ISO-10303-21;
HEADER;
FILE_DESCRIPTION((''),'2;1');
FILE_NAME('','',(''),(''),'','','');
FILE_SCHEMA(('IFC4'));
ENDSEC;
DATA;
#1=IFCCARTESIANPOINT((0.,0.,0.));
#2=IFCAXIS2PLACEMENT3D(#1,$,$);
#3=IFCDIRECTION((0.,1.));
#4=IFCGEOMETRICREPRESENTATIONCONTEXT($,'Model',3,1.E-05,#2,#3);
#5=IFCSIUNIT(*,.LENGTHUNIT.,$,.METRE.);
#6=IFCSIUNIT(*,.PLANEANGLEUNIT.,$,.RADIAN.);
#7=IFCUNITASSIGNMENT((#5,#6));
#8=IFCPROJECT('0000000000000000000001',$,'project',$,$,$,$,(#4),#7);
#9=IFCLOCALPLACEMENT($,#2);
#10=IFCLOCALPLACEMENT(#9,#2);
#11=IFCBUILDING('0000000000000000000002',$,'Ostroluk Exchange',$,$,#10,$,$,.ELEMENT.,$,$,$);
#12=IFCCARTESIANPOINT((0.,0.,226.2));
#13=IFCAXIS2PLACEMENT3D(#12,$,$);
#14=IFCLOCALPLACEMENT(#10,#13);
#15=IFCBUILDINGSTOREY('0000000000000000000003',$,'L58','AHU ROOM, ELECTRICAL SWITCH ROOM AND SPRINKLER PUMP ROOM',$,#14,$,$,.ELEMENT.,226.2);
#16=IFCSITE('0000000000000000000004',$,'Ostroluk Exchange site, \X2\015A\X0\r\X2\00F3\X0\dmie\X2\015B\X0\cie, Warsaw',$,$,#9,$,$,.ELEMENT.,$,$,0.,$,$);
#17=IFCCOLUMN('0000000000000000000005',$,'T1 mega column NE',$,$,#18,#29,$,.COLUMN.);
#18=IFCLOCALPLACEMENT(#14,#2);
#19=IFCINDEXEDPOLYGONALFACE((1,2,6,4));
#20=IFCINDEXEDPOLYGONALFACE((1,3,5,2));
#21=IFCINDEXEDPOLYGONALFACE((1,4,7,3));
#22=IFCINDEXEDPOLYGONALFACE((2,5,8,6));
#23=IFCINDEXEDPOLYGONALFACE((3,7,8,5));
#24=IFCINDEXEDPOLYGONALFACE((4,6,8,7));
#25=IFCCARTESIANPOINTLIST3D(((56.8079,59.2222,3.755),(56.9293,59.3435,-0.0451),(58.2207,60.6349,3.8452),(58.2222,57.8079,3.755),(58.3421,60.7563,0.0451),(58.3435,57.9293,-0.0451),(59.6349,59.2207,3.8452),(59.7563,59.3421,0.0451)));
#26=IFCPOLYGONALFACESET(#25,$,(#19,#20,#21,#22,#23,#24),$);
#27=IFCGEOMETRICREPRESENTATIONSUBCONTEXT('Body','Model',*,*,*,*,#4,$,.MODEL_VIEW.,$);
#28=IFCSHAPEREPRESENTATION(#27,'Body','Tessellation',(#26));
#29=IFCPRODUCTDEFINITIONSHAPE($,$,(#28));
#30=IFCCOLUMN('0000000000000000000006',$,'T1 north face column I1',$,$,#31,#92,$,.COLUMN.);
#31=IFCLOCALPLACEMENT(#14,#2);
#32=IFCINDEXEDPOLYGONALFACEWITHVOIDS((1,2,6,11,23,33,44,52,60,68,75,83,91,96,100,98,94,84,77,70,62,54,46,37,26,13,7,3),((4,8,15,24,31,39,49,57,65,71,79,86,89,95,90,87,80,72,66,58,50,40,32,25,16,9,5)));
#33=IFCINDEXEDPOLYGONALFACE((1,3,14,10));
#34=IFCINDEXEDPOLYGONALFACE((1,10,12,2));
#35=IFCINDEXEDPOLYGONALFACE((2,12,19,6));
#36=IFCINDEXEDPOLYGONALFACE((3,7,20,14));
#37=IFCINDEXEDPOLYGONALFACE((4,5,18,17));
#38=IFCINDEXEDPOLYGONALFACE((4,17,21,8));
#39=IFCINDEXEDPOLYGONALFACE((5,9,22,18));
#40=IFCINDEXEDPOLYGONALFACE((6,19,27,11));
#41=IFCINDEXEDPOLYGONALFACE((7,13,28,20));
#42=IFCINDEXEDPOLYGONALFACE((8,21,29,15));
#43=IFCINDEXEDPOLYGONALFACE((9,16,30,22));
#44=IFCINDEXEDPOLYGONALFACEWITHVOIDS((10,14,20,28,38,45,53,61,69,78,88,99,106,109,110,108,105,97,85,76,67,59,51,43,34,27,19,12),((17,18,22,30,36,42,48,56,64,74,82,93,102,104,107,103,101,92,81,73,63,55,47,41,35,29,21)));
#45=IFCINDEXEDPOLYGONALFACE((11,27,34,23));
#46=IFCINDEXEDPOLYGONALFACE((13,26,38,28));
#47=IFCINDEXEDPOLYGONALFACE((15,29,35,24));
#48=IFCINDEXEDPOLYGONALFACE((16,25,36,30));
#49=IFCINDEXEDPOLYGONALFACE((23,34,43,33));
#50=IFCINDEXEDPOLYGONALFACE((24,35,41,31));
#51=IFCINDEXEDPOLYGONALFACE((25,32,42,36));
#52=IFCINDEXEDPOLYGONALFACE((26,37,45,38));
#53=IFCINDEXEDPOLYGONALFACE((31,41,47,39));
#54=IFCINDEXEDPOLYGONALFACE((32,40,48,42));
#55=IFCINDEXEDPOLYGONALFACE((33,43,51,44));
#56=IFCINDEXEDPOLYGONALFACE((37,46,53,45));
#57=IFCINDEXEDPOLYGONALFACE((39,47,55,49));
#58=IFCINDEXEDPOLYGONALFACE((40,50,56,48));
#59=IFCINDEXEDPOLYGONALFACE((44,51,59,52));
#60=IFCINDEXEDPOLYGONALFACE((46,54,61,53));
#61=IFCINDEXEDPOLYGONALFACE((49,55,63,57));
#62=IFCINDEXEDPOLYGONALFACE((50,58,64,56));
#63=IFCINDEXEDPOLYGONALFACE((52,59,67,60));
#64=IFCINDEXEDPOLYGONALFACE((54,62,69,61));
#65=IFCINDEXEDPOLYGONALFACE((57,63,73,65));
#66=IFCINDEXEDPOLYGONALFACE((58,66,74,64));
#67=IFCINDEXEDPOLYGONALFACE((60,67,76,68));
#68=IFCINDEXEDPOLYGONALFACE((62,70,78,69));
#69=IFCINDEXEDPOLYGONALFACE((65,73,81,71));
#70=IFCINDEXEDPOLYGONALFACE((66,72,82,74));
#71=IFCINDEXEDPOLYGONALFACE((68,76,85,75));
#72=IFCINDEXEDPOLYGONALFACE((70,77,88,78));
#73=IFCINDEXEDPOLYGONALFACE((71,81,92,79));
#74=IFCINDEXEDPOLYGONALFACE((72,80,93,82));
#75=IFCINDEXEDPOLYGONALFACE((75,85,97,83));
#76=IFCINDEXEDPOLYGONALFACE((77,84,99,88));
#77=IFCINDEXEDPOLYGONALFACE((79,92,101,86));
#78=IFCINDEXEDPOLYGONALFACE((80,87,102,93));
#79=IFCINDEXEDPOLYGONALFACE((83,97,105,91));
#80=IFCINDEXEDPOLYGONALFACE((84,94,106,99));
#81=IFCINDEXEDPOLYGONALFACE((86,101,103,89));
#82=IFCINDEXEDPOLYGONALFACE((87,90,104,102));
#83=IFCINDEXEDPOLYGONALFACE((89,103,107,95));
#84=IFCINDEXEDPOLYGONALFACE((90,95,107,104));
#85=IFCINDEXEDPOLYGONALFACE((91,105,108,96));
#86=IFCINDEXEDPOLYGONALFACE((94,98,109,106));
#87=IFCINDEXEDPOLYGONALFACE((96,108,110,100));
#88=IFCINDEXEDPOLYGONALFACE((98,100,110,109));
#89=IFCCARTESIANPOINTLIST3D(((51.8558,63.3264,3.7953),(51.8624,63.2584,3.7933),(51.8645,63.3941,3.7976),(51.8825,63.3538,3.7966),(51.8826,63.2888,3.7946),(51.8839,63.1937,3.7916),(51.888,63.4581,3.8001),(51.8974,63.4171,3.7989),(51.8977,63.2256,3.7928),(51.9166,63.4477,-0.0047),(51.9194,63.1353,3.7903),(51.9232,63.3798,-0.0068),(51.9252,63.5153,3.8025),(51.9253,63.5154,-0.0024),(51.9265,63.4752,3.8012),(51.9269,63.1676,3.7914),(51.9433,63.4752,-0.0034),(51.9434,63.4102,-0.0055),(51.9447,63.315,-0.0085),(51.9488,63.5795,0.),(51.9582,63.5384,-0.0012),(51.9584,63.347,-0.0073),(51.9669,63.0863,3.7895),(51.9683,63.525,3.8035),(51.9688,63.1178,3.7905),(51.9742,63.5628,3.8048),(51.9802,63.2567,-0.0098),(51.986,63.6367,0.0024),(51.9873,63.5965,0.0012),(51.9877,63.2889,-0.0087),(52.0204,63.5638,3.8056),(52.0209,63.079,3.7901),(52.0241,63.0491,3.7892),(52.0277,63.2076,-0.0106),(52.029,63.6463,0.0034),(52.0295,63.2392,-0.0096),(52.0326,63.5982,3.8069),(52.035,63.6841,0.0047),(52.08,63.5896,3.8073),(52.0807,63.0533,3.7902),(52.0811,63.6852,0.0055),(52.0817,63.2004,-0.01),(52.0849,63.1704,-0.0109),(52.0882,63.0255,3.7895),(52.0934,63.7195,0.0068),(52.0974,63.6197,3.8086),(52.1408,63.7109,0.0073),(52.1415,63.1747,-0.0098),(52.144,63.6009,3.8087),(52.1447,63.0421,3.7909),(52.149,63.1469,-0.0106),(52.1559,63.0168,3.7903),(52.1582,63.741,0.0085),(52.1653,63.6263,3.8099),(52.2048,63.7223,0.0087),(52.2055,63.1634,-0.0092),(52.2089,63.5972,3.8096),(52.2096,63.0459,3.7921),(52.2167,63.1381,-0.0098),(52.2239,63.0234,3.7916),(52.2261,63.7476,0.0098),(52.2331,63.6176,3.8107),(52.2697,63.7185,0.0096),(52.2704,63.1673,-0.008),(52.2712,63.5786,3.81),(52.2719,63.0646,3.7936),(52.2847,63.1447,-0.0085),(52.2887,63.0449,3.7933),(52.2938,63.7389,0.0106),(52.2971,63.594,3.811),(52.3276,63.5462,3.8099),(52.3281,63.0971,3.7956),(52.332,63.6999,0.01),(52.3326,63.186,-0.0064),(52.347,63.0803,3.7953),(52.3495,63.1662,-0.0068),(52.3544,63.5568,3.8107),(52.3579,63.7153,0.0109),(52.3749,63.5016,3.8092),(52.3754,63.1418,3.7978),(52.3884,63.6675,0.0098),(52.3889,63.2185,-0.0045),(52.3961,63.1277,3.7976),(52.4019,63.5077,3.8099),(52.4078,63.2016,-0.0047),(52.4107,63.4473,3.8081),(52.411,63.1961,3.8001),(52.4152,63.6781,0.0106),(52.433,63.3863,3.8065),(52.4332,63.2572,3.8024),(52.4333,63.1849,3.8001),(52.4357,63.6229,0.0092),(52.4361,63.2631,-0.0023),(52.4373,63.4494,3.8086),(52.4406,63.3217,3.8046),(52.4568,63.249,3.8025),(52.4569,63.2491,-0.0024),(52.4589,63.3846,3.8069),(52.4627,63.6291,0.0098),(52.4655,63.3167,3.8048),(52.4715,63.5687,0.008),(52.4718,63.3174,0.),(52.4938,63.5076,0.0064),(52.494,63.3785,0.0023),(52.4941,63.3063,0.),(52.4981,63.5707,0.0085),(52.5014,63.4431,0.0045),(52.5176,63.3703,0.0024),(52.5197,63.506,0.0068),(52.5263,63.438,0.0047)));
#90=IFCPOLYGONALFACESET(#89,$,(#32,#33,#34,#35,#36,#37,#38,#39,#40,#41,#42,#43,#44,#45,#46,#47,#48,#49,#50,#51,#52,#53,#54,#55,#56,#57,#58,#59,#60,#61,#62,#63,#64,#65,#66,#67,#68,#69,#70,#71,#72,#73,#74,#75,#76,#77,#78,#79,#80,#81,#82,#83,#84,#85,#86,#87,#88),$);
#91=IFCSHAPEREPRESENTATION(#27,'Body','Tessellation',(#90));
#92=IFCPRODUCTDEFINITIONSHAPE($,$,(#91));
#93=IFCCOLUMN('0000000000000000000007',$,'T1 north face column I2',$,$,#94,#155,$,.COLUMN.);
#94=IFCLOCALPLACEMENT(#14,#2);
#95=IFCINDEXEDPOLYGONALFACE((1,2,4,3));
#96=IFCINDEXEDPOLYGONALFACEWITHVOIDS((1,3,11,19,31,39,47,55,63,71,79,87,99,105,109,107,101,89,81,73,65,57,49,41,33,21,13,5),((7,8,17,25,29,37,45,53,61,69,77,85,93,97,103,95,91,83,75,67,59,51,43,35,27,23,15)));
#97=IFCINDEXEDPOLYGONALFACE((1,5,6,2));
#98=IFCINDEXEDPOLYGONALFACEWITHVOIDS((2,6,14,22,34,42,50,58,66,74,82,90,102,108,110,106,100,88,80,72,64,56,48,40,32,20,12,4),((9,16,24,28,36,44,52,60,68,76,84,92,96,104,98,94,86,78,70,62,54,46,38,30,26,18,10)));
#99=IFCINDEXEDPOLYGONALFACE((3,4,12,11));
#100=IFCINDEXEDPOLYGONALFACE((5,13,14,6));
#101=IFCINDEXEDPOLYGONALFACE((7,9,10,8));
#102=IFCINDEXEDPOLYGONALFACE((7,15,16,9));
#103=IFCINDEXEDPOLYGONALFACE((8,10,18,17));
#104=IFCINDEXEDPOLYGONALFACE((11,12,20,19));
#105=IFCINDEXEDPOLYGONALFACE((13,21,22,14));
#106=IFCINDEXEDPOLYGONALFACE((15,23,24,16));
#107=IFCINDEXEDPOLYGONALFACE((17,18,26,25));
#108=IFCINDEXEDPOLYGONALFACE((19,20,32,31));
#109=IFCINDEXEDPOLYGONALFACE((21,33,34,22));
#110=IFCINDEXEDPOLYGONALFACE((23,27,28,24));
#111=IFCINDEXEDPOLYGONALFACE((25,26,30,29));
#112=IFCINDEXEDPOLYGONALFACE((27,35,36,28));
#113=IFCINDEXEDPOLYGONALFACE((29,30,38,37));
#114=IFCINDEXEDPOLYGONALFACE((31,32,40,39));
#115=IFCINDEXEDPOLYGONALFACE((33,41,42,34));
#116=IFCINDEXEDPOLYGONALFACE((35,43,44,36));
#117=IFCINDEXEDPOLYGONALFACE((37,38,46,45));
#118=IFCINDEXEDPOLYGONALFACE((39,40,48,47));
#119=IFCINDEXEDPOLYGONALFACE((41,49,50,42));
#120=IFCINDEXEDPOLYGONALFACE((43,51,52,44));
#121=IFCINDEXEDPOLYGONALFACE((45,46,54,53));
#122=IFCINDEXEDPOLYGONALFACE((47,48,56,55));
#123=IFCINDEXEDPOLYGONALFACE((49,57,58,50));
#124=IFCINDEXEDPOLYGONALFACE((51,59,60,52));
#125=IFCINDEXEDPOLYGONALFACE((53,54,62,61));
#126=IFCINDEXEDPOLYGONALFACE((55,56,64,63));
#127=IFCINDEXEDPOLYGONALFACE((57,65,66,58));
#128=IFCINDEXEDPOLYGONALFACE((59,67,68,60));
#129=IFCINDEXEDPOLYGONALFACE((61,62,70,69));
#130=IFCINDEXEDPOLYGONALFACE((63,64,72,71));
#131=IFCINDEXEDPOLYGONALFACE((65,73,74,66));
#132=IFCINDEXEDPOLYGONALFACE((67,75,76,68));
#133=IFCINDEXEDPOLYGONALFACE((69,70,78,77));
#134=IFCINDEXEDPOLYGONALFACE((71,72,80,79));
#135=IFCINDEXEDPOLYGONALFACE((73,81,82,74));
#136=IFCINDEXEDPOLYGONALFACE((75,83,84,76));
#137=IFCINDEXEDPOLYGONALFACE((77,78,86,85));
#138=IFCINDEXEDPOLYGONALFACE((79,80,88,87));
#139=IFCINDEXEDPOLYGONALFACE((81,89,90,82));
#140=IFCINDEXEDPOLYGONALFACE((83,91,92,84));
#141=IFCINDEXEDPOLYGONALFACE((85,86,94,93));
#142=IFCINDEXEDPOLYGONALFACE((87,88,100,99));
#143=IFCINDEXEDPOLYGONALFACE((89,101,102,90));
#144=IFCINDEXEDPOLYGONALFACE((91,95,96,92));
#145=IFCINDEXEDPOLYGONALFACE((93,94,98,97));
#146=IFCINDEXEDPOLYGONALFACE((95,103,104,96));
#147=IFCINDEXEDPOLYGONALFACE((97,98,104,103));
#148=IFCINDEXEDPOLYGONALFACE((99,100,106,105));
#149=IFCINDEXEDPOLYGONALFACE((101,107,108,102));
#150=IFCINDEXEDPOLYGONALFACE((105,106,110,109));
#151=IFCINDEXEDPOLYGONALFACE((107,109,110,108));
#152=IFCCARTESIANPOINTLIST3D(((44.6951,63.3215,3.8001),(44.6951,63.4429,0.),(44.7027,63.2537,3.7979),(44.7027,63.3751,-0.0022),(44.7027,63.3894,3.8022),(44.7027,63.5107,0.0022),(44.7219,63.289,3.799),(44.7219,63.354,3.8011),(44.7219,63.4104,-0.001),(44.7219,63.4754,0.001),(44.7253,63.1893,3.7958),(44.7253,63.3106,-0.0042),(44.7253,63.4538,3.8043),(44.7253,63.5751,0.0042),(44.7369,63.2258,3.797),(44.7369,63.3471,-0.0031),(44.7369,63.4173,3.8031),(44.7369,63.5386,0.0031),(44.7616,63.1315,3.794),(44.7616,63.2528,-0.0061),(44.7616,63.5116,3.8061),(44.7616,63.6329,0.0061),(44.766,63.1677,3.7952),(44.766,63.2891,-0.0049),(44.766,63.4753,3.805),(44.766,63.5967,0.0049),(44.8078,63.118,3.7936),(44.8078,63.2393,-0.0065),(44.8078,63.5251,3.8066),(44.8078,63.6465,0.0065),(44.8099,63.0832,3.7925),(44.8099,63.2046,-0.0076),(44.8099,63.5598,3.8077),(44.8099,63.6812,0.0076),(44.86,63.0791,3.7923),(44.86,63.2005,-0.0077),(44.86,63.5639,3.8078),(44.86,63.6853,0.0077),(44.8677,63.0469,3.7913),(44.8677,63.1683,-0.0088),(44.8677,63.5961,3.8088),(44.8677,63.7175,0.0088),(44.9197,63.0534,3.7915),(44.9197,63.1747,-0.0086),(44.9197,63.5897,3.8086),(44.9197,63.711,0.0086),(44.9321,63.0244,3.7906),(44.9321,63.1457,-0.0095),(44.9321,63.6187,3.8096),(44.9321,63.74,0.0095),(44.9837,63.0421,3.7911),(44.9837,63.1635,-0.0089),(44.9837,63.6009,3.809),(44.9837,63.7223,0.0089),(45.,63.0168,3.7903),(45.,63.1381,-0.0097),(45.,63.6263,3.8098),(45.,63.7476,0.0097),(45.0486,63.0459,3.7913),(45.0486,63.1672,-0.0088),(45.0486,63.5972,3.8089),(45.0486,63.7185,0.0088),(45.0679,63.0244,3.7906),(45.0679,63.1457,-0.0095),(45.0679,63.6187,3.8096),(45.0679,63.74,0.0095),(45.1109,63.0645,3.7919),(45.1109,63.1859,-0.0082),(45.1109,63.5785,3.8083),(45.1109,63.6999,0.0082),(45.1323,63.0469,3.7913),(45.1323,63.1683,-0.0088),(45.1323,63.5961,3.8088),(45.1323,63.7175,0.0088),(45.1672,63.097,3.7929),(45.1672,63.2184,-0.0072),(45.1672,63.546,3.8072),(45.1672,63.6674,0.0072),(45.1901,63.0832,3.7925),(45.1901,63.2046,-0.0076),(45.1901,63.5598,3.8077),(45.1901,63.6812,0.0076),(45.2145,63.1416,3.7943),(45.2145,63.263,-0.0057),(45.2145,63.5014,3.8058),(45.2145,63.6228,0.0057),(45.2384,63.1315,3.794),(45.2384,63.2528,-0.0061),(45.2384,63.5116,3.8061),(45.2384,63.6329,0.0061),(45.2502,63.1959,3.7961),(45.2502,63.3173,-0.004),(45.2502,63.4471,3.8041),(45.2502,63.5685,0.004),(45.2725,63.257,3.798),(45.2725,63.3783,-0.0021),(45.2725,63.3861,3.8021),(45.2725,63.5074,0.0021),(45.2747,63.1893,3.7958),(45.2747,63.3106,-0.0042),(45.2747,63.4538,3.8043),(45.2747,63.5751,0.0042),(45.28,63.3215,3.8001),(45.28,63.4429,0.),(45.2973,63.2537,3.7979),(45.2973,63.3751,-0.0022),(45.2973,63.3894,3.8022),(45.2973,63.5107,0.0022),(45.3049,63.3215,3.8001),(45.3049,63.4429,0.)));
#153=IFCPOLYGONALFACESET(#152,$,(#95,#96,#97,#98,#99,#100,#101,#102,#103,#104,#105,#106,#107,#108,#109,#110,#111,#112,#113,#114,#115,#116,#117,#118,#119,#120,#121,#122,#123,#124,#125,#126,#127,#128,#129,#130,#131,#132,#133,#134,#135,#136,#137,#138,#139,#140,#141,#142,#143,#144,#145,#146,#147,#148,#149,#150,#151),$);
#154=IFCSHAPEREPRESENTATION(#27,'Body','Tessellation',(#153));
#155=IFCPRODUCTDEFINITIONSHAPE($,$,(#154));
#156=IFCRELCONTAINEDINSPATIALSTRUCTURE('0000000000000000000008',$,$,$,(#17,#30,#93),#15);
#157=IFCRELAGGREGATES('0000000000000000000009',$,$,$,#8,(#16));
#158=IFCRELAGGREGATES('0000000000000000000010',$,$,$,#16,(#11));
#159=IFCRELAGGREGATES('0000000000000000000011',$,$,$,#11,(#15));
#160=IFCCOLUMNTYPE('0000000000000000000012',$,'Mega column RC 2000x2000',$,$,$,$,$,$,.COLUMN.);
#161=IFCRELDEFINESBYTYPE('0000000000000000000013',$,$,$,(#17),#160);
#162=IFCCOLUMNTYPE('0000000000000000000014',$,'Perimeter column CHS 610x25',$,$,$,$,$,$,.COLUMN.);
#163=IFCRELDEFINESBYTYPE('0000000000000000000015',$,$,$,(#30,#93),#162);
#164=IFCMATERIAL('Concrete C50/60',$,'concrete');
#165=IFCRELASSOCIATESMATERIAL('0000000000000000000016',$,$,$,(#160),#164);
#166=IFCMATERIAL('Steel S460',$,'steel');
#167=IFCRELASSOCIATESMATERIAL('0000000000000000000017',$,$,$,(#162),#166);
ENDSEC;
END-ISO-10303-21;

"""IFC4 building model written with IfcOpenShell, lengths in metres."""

from ifc_helpers import new_model, si_unit, direction, frame, origin, origin_2d, place, context, subcontext, project, spatial, rectangle, hollow_circle, extrude, material, material_profile, profile_set, type_object, element, save


model = new_model("IFC4")

# Units and contexts
model_context = context("Model", 3, precision=1e-05, world=origin(), true_north=direction((0.0, 1.0)))
body_context = subcontext(model_context, "Body", "Model", "MODEL_VIEW")
ifc_project = project(units=[si_unit("LENGTHUNIT", "METRE"), si_unit("PLANEANGLEUNIT", "RADIAN")], contexts=[model_context])

# Site, building, storey
site_placement = place(None, origin())
site = spatial("IfcSite", under=ifc_project, at=site_placement, Name="Ostroluk Exchange site, Śródmieście, Warsaw", CompositionType="ELEMENT", RefElevation=0.0)
building_placement = place(site_placement, origin())
building = spatial("IfcBuilding", under=site, at=building_placement, Name="Ostroluk Exchange", CompositionType="ELEMENT")
storey_placement = place(building_placement, frame((0.0, 0.0, 226.2)))
storey = spatial("IfcBuildingStorey", under=building, at=storey_placement, Name="L58", Description="AHU ROOM, ELECTRICAL SWITCH ROOM AND SPRINKLER PUMP ROOM", CompositionType="ELEMENT", Elevation=226.2)

# Columns
ifc_material_1 = material(Name="Concrete C50/60", Category="concrete")
ifc_material_profile_1 = material_profile(ifc_material_1, rectangle(XDim=2.0, YDim=2.0, at=origin_2d()), Name="RC 2000x2000")
ifc_profile_set_1 = profile_set([ifc_material_profile_1], Name="Concrete C50/60")
column_type_1 = type_object("IfcColumnType", Name="Mega column RC 2000x2000", PredefinedType="COLUMN", material=ifc_profile_set_1)
column_1_placement = place(storey_placement, frame((58.3428, 59.3428, 0.0), z_axis=(-0.031898, -0.031898, 0.998982), x_axis=(0.707107, -0.707107, 0.0)))
element("IfcColumn", 1, at=column_1_placement, inside=storey, type_object=column_type_1, Name="T1 mega column NE", PredefinedType="COLUMN", context=body_context, shape_type="SweptSolid", body=[
    extrude(rectangle(XDim=2.0, YDim=2.0, at=origin_2d()), origin(), (0.0, 0.0, 1.0), 3.804),
])
ifc_material_2 = material(Name="Steel S460", Category="steel")
ifc_material_profile_2 = material_profile(ifc_material_2, hollow_circle(Radius=0.3049, WallThickness=0.0249, at=origin_2d()), Name="CHS 610x25")
ifc_profile_set_2 = profile_set([ifc_material_profile_2], Name="Steel S460")
column_type_2 = type_object("IfcColumnType", Name="Perimeter column CHS 610x25", PredefinedType="COLUMN", material=ifc_profile_set_2)
column_2_placement = place(storey_placement, frame((52.2214, 63.4429, 0.0), z_axis=(-0.015987, -0.03191, 0.999363), x_axis=(0.894067, -0.447933, 0.0)))
element("IfcColumn", 2, at=column_2_placement, inside=storey, type_object=column_type_2, Name="T1 north face column I1", PredefinedType="COLUMN", context=body_context, shape_type="SweptSolid", body=[
    extrude(hollow_circle(Radius=0.3049, WallThickness=0.0249, at=origin_2d()), origin(), (0.0, 0.0, 1.0), 3.8025),
])
column_3_placement = place(storey_placement, frame((45.0, 63.4429, 0.0), z_axis=(0.0, -0.031914, 0.999491), x_axis=(1.0, 0.0, 0.0)))
element("IfcColumn", 3, at=column_3_placement, inside=storey, type_object=column_type_2, Name="T1 north face column I2", PredefinedType="COLUMN", context=body_context, shape_type="SweptSolid", body=[
    extrude(hollow_circle(Radius=0.3049, WallThickness=0.0249, at=origin_2d()), origin(), (0.0, 0.0, 1.0), 3.802),
])

save(model, "model.ifc")
